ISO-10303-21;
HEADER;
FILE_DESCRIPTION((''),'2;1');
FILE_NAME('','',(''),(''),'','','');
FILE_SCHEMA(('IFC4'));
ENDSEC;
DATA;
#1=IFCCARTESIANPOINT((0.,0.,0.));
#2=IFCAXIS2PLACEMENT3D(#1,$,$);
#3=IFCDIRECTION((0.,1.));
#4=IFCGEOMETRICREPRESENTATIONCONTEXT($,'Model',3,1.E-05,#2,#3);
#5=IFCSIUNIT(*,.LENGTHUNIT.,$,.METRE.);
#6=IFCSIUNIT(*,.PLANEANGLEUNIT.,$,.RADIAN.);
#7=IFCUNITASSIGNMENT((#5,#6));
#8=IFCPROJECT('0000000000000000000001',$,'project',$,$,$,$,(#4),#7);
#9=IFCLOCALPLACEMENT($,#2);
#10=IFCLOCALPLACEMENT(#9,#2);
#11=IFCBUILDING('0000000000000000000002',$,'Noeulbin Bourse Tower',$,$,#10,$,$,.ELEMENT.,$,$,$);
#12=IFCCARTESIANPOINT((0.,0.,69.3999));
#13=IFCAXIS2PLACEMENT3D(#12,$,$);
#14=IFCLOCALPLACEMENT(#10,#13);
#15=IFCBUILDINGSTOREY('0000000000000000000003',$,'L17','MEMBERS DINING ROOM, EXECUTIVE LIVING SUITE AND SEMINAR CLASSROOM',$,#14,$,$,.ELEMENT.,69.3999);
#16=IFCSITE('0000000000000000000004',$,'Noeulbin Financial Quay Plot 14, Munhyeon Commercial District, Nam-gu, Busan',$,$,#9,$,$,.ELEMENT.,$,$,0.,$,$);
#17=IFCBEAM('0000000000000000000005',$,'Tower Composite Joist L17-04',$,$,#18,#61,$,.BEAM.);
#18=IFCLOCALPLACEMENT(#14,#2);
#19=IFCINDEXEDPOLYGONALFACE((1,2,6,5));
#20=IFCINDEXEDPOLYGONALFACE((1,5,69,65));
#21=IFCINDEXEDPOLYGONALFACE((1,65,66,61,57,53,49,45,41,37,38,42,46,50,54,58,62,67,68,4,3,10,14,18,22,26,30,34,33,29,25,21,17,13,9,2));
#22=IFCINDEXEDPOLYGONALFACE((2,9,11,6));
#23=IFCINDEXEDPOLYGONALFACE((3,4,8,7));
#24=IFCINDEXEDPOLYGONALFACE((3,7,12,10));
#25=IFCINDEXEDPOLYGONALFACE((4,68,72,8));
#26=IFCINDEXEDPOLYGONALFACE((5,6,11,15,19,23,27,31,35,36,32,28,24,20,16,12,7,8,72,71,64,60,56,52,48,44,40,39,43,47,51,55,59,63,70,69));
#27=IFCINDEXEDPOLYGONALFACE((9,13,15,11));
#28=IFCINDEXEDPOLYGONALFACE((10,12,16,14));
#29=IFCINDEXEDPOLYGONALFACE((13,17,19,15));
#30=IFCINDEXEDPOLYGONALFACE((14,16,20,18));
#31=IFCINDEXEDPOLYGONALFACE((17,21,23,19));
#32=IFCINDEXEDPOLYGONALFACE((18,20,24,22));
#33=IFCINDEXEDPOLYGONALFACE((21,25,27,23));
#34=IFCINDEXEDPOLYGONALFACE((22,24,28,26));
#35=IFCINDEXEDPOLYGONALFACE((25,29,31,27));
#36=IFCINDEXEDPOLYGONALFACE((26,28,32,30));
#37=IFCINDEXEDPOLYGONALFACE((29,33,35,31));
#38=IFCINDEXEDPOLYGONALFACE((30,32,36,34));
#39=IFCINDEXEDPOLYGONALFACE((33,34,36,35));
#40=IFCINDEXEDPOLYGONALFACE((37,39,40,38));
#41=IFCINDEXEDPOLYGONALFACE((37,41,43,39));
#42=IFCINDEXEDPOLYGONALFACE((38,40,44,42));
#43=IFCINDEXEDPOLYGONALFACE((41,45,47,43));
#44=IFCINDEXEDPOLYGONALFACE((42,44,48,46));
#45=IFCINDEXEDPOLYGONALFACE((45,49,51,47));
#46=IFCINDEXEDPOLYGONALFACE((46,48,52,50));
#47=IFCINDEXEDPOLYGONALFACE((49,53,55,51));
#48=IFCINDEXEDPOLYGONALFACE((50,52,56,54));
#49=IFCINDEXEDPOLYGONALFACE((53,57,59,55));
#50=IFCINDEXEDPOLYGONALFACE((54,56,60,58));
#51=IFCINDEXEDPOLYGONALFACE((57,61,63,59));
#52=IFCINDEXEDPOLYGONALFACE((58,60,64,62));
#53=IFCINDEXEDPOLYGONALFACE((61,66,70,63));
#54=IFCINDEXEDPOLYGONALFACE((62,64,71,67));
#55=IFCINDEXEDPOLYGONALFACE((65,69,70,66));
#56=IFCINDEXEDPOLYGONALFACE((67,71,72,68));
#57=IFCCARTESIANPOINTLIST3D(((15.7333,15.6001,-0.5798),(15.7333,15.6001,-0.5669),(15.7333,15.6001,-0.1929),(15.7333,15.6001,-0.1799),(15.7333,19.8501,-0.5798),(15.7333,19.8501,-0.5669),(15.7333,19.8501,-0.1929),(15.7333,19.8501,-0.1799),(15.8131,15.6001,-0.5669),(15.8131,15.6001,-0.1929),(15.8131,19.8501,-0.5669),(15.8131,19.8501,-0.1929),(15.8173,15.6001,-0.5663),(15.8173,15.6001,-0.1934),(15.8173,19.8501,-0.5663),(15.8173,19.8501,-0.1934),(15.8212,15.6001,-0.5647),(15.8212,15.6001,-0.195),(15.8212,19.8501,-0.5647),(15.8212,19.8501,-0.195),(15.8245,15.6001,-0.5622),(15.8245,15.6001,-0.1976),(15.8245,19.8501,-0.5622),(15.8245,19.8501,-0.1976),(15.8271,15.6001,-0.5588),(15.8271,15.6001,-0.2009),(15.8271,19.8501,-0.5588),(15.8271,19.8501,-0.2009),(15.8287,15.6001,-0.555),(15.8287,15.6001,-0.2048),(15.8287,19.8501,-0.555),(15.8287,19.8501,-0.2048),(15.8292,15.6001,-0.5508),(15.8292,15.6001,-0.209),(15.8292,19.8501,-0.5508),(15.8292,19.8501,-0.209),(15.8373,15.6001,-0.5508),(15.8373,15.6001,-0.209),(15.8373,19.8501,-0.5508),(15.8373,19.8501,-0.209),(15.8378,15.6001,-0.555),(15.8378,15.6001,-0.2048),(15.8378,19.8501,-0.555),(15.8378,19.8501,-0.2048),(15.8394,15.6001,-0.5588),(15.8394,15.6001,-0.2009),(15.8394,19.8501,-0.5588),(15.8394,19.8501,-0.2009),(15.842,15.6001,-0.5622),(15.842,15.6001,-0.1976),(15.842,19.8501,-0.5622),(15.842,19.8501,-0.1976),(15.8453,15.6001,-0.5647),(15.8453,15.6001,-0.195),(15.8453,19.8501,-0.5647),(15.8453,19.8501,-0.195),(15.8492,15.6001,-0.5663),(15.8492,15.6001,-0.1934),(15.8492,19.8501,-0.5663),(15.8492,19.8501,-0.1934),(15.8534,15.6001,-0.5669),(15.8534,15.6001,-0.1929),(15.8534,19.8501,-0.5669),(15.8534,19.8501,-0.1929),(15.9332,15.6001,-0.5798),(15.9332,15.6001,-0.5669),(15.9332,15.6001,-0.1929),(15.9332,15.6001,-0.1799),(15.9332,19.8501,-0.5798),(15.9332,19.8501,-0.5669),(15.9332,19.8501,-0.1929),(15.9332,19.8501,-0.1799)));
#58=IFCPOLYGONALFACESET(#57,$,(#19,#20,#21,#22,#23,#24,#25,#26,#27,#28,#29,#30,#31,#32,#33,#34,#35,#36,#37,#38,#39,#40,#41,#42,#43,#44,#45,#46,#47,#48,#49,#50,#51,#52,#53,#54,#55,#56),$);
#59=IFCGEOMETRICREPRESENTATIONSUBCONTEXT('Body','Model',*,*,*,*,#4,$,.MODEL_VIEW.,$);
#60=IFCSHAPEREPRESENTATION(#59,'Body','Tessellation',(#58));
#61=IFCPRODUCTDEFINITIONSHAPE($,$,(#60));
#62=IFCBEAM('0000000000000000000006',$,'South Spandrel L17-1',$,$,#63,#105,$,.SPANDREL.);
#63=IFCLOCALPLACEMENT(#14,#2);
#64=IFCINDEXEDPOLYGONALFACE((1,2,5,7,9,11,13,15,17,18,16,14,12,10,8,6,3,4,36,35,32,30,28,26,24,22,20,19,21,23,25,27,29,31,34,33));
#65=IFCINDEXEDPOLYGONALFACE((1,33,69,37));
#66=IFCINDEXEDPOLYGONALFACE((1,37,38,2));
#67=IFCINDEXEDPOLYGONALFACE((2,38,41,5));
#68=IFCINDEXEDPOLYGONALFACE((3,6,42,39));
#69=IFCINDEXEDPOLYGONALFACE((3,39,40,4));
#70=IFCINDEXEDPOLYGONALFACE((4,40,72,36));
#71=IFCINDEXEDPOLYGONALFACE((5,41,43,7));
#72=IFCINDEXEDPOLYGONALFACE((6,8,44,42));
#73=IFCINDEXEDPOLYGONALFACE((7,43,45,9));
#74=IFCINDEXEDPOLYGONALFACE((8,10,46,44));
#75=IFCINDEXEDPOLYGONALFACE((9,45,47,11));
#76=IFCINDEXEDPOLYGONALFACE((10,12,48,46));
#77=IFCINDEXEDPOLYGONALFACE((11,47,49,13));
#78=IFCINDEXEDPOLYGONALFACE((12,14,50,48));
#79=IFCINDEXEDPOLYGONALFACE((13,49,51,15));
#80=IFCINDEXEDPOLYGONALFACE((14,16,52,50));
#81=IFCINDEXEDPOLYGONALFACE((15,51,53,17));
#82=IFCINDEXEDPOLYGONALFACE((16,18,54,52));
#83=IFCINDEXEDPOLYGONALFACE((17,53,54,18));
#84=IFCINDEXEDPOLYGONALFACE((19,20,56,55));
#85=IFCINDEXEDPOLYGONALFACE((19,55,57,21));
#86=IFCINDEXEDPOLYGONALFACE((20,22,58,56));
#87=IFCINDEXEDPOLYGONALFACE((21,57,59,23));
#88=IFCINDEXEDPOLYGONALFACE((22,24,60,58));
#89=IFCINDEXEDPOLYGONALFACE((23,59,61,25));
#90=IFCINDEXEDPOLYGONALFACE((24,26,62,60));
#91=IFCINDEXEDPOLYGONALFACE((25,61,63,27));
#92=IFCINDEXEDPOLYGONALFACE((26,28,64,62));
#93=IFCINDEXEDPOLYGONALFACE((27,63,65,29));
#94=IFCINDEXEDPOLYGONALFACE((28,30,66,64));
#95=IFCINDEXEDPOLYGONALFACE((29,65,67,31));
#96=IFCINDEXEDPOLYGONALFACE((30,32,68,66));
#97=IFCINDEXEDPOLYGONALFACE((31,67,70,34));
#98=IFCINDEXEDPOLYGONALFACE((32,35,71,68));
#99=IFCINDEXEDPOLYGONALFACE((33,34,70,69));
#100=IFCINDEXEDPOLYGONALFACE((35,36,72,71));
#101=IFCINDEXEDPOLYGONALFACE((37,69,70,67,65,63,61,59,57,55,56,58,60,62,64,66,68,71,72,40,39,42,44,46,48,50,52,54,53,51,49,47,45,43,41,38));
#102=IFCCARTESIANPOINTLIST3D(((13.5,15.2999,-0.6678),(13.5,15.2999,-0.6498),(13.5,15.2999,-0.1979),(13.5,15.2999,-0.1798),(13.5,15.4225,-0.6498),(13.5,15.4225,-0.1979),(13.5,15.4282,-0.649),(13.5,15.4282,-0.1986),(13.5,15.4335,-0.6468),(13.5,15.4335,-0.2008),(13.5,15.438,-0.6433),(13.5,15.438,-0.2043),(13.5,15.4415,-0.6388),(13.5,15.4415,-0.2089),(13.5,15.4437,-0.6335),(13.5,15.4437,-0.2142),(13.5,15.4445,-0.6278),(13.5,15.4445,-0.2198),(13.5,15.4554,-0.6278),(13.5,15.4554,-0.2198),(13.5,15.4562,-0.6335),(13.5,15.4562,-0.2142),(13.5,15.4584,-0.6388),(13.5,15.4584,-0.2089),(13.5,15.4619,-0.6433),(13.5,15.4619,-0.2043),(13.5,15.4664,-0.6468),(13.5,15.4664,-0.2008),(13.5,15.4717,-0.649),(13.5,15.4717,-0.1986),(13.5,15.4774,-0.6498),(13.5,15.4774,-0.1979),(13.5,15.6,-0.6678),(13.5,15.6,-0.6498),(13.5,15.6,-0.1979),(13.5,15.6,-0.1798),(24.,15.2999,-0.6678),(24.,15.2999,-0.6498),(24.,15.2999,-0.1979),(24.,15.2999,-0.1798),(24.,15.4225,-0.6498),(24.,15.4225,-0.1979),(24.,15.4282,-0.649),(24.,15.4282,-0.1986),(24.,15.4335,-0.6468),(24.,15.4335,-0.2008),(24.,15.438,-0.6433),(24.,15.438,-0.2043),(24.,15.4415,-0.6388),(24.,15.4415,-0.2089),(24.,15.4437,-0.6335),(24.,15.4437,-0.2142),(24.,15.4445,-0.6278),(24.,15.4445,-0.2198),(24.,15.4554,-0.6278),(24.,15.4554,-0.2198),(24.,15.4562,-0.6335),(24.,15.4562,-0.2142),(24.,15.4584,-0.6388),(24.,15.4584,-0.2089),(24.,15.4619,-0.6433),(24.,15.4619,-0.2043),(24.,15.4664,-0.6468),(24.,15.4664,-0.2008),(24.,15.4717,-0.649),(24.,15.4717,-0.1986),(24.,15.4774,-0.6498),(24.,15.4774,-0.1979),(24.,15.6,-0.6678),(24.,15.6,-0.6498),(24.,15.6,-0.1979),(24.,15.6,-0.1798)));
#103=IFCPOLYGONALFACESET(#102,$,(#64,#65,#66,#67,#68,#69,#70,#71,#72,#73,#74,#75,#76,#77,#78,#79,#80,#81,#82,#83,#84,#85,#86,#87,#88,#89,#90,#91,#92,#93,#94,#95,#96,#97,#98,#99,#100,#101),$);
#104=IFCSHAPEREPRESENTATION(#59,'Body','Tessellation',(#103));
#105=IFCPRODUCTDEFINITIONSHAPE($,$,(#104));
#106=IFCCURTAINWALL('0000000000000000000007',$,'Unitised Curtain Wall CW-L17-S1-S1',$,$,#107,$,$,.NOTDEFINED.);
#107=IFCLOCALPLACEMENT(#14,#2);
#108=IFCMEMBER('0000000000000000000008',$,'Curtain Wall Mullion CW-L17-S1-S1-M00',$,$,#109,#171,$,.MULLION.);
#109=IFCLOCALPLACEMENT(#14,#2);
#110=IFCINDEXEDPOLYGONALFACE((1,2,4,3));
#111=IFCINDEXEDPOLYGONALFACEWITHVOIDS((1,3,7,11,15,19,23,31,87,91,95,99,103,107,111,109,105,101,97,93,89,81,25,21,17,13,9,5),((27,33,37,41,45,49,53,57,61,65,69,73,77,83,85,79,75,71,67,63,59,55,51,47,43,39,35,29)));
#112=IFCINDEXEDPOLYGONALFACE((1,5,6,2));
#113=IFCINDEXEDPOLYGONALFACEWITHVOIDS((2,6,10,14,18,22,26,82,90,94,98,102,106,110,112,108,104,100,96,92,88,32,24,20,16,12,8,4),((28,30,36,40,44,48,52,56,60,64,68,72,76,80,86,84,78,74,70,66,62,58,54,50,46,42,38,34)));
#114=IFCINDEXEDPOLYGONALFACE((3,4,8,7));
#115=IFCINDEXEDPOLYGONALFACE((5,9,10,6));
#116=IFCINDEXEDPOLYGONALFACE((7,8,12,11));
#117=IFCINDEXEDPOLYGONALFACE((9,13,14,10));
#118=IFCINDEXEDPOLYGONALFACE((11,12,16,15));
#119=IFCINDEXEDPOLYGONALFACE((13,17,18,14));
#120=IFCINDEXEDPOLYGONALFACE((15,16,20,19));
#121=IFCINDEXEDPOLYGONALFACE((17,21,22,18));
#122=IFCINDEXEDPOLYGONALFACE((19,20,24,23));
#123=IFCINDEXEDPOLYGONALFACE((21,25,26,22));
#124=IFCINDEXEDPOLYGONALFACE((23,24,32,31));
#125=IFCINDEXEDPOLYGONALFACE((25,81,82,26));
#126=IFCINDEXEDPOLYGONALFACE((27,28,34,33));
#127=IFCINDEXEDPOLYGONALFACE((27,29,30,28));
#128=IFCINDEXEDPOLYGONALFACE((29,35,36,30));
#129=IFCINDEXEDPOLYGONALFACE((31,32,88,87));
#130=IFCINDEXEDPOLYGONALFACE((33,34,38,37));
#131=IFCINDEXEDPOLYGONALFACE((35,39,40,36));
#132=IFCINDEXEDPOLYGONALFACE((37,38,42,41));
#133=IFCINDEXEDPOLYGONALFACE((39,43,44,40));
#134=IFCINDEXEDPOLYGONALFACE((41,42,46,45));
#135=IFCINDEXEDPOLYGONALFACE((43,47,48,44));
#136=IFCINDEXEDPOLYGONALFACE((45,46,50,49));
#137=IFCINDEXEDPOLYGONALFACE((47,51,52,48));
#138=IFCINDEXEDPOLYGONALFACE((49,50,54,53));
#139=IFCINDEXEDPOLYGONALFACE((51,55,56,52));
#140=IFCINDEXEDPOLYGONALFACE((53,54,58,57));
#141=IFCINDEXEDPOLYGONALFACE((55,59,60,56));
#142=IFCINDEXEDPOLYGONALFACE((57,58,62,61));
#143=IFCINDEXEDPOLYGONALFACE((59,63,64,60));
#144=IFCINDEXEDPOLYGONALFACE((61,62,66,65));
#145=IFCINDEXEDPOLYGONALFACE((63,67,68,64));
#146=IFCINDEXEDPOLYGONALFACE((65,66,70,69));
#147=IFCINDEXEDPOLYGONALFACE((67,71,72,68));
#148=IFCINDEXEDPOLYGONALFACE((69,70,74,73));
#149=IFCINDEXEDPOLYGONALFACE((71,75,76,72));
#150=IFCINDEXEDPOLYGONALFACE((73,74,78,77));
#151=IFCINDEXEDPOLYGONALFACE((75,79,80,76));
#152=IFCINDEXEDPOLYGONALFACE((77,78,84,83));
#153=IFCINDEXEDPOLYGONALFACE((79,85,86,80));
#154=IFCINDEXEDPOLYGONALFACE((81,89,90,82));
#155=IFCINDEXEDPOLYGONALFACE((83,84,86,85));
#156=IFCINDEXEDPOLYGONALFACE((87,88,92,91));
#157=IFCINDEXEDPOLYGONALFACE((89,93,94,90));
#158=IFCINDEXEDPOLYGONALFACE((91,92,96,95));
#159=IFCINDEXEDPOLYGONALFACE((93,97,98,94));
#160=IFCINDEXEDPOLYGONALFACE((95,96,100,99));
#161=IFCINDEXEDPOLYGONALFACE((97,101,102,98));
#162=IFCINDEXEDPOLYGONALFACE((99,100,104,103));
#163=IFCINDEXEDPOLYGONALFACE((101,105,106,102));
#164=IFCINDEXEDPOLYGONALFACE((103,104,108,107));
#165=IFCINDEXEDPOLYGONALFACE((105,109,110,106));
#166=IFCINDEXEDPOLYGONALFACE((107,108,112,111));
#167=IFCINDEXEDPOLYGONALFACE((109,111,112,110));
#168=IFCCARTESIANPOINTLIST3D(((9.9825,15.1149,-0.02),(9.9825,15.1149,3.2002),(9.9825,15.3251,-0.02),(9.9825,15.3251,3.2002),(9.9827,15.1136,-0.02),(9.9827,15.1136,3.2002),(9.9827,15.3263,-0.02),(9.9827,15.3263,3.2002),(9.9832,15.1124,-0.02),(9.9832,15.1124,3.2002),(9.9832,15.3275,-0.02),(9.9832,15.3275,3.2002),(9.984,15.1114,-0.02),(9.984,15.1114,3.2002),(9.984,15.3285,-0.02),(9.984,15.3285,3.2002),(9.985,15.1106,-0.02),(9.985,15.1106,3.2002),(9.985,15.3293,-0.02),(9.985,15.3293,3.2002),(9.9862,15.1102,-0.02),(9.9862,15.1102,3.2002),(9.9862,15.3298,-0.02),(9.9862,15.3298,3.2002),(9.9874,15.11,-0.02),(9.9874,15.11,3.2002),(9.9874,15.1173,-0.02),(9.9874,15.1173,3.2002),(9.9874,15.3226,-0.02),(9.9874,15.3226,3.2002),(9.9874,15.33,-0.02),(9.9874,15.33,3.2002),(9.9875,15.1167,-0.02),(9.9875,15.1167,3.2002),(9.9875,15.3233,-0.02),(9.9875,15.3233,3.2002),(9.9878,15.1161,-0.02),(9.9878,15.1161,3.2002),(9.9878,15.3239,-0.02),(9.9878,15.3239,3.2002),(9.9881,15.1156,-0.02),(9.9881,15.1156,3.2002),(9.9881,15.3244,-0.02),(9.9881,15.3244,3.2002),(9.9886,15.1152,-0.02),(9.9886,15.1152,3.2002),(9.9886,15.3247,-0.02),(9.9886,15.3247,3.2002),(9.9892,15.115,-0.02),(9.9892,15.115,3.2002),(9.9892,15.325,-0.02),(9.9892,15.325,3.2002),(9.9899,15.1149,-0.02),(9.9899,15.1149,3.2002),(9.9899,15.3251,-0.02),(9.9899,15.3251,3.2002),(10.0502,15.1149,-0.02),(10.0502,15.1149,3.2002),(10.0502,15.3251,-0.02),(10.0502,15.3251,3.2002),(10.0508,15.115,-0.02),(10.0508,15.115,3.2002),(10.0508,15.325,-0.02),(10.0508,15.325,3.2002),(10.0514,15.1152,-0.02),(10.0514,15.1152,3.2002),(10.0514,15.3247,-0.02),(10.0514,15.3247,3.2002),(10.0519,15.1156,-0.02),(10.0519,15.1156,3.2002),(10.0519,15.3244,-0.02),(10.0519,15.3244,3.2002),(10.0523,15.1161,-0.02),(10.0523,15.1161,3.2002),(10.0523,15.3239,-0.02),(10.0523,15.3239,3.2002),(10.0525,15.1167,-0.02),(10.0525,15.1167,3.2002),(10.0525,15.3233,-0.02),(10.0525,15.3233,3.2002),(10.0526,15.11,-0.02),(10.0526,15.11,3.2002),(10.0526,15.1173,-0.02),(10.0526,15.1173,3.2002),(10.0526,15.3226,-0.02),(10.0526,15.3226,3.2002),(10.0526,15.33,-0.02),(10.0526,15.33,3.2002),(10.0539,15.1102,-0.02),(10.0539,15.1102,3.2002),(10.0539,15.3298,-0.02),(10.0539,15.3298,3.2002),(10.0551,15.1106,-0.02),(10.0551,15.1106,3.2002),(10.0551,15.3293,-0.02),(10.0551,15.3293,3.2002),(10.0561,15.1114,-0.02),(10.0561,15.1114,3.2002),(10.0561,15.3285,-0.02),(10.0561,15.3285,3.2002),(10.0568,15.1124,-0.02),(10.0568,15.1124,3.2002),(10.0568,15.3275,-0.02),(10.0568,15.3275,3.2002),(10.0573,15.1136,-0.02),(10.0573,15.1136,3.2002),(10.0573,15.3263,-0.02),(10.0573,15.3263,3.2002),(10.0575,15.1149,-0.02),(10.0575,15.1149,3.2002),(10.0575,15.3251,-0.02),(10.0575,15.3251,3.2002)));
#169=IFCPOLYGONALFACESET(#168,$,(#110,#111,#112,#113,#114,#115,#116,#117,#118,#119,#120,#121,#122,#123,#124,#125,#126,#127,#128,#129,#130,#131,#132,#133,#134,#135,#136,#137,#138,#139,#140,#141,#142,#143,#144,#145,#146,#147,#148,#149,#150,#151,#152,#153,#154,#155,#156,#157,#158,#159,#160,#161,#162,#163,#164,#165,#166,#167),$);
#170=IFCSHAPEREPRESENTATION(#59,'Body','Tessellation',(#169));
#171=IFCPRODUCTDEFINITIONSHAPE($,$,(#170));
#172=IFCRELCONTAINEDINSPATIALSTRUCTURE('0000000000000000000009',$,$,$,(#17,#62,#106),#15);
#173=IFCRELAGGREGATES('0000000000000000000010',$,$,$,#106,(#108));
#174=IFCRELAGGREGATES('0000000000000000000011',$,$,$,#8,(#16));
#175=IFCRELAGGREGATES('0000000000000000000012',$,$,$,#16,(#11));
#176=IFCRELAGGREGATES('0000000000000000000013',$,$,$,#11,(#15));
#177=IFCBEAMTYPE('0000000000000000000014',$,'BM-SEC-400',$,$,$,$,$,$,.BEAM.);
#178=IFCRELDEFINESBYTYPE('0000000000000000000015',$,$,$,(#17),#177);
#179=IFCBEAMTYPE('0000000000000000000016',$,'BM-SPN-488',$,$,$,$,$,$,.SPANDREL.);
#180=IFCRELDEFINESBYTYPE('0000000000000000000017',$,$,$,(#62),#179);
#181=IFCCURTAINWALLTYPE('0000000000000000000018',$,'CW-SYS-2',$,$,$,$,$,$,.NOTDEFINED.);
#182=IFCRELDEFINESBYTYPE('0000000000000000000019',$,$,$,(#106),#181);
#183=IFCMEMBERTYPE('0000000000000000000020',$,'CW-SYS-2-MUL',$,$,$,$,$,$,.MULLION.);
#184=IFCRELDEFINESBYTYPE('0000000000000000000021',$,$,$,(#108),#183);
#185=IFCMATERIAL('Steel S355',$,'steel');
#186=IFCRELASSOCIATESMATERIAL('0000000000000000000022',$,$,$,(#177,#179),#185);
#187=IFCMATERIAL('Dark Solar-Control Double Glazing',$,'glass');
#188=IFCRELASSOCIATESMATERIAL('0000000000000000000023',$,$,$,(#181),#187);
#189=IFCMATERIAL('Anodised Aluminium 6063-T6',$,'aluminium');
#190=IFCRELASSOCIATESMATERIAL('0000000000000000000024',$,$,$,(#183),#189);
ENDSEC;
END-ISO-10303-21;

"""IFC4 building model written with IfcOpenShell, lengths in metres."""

from ifc_helpers import new_model, si_unit, direction, frame, origin, origin_2d, place, context, subcontext, project, spatial, hollow_rectangle, i_section, extrude, material, material_profile, profile_set, type_object, element, aggregate, save


model = new_model("IFC4")

# Units and contexts
model_context = context("Model", 3, precision=1e-05, world=origin(), true_north=direction((0.0, 1.0)))
body_context = subcontext(model_context, "Body", "Model", "MODEL_VIEW")
ifc_project = project(units=[si_unit("LENGTHUNIT", "METRE"), si_unit("PLANEANGLEUNIT", "RADIAN")], contexts=[model_context])

# Site, building, storey
site_placement = place(None, origin())
site = spatial("IfcSite", under=ifc_project, at=site_placement, Name="Noeulbin Financial Quay Plot 14, Munhyeon Commercial District, Nam-gu, Busan", CompositionType="ELEMENT", RefElevation=0.0)
building_placement = place(site_placement, origin())
building = spatial("IfcBuilding", under=site, at=building_placement, Name="Noeulbin Bourse Tower", CompositionType="ELEMENT")
storey_placement = place(building_placement, frame((0.0, 0.0, 69.3999)))
storey = spatial("IfcBuildingStorey", under=building, at=storey_placement, Name="L17", Description="MEMBERS DINING ROOM, EXECUTIVE LIVING SUITE AND SEMINAR CLASSROOM", CompositionType="ELEMENT", Elevation=69.3999)

# Beams
ifc_material_1 = material(Name="Steel S355", Category="steel")
ifc_material_profile_1 = material_profile(ifc_material_1, i_section(OverallWidth=0.2, OverallDepth=0.3999, WebThickness=0.0081, FlangeThickness=0.0129, FilletRadius=0.0161, at=origin_2d()), Name="H-400x200x8x13", Category="LoadBearing")
ifc_profile_set_1 = profile_set([ifc_material_profile_1], Name="Steel S355")
beam_type_1 = type_object("IfcBeamType", Name="BM-SEC-400", PredefinedType="BEAM", material=ifc_profile_set_1)
for number, where, z_axis, x_axis, name in (
    (1, (15.8333, 15.6001, -0.3799), (0.0, 1.0, 0.0), (-1.0, 0.0, 0.0), "Tower Composite Joist L17-04"),
):
    element("IfcBeam", number, at=place(storey_placement, frame(where, z_axis=z_axis, x_axis=x_axis)), inside=storey, type_object=beam_type_1, Name=name, PredefinedType="BEAM", context=body_context, shape_type="SweptSolid", body=[
        extrude(i_section(OverallWidth=0.2, OverallDepth=0.3999, WebThickness=0.0081, FlangeThickness=0.0129, FilletRadius=0.0161, at=origin_2d()), origin(), (0.0, 0.0, 1.0), 4.25),
    ])
ifc_material_profile_2 = material_profile(ifc_material_1, i_section(OverallWidth=0.3, OverallDepth=0.488, WebThickness=0.011, FlangeThickness=0.0181, FilletRadius=0.022, at=origin_2d()), Name="H-488x300x11x18", Category="LoadBearing")
ifc_profile_set_2 = profile_set([ifc_material_profile_2], Name="Steel S355")
beam_type_2 = type_object("IfcBeamType", Name="BM-SPN-488", PredefinedType="SPANDREL", material=ifc_profile_set_2)
beam_1_placement = place(storey_placement, frame((13.5, 15.45, -0.4238), z_axis=(1.0, 0.0, 0.0), x_axis=(0.0, 1.0, 0.0)))
element("IfcBeam", 2, at=beam_1_placement, inside=storey, type_object=beam_type_2, Name="South Spandrel L17-1", PredefinedType="SPANDREL", context=body_context, shape_type="SweptSolid", body=[
    extrude(i_section(OverallWidth=0.3, OverallDepth=0.488, WebThickness=0.011, FlangeThickness=0.0181, FilletRadius=0.022, at=origin_2d()), origin(), (0.0, 0.0, 1.0), 10.5),
])

# Curtain wall, member
ifc_material_2 = material(Name="Dark Solar-Control Double Glazing", Category="glass")
curtain_wall_type = type_object("IfcCurtainWallType", Name="CW-SYS-2", PredefinedType="NOTDEFINED", material=ifc_material_2)
curtain_wall_1_placement = place(storey_placement, origin())
curtain_wall_1 = element("IfcCurtainWall", 3, at=curtain_wall_1_placement, inside=storey, type_object=curtain_wall_type, Name="Unitised Curtain Wall CW-L17-S1-S1", PredefinedType="NOTDEFINED")
ifc_material_3 = material(Name="Anodised Aluminium 6063-T6", Category="aluminium")
ifc_material_profile_3 = material_profile(ifc_material_3, hollow_rectangle(XDim=0.075, YDim=0.22, WallThickness=0.0049, InnerFilletRadius=0.0024, OuterFilletRadius=0.0049, at=origin_2d()), Name="ALU-MULL-75x220x5", Category="LoadBearing")
ifc_profile_set_3 = profile_set([ifc_material_profile_3], Name="Anodised Aluminium 6063-T6")
member_type_1 = type_object("IfcMemberType", Name="CW-SYS-2-MUL", PredefinedType="MULLION", material=ifc_profile_set_3)
member_1_placement = place(storey_placement, frame((10.02, 15.22, -0.02), z_axis=(0.0, 0.0, 1.0), x_axis=(1.0, 0.0, 0.0)))
member_1 = element("IfcMember", 4, at=member_1_placement, type_object=member_type_1, Name="Curtain Wall Mullion CW-L17-S1-S1-M00", PredefinedType="MULLION", context=body_context, shape_type="SweptSolid", body=[
    extrude(hollow_rectangle(XDim=0.075, YDim=0.22, WallThickness=0.0049, InnerFilletRadius=0.0024, OuterFilletRadius=0.0049, at=origin_2d()), origin(), (0.0, 0.0, 1.0), 3.2202),
])

aggregate(curtain_wall_1, [member_1])

save(model, "model.ifc")
